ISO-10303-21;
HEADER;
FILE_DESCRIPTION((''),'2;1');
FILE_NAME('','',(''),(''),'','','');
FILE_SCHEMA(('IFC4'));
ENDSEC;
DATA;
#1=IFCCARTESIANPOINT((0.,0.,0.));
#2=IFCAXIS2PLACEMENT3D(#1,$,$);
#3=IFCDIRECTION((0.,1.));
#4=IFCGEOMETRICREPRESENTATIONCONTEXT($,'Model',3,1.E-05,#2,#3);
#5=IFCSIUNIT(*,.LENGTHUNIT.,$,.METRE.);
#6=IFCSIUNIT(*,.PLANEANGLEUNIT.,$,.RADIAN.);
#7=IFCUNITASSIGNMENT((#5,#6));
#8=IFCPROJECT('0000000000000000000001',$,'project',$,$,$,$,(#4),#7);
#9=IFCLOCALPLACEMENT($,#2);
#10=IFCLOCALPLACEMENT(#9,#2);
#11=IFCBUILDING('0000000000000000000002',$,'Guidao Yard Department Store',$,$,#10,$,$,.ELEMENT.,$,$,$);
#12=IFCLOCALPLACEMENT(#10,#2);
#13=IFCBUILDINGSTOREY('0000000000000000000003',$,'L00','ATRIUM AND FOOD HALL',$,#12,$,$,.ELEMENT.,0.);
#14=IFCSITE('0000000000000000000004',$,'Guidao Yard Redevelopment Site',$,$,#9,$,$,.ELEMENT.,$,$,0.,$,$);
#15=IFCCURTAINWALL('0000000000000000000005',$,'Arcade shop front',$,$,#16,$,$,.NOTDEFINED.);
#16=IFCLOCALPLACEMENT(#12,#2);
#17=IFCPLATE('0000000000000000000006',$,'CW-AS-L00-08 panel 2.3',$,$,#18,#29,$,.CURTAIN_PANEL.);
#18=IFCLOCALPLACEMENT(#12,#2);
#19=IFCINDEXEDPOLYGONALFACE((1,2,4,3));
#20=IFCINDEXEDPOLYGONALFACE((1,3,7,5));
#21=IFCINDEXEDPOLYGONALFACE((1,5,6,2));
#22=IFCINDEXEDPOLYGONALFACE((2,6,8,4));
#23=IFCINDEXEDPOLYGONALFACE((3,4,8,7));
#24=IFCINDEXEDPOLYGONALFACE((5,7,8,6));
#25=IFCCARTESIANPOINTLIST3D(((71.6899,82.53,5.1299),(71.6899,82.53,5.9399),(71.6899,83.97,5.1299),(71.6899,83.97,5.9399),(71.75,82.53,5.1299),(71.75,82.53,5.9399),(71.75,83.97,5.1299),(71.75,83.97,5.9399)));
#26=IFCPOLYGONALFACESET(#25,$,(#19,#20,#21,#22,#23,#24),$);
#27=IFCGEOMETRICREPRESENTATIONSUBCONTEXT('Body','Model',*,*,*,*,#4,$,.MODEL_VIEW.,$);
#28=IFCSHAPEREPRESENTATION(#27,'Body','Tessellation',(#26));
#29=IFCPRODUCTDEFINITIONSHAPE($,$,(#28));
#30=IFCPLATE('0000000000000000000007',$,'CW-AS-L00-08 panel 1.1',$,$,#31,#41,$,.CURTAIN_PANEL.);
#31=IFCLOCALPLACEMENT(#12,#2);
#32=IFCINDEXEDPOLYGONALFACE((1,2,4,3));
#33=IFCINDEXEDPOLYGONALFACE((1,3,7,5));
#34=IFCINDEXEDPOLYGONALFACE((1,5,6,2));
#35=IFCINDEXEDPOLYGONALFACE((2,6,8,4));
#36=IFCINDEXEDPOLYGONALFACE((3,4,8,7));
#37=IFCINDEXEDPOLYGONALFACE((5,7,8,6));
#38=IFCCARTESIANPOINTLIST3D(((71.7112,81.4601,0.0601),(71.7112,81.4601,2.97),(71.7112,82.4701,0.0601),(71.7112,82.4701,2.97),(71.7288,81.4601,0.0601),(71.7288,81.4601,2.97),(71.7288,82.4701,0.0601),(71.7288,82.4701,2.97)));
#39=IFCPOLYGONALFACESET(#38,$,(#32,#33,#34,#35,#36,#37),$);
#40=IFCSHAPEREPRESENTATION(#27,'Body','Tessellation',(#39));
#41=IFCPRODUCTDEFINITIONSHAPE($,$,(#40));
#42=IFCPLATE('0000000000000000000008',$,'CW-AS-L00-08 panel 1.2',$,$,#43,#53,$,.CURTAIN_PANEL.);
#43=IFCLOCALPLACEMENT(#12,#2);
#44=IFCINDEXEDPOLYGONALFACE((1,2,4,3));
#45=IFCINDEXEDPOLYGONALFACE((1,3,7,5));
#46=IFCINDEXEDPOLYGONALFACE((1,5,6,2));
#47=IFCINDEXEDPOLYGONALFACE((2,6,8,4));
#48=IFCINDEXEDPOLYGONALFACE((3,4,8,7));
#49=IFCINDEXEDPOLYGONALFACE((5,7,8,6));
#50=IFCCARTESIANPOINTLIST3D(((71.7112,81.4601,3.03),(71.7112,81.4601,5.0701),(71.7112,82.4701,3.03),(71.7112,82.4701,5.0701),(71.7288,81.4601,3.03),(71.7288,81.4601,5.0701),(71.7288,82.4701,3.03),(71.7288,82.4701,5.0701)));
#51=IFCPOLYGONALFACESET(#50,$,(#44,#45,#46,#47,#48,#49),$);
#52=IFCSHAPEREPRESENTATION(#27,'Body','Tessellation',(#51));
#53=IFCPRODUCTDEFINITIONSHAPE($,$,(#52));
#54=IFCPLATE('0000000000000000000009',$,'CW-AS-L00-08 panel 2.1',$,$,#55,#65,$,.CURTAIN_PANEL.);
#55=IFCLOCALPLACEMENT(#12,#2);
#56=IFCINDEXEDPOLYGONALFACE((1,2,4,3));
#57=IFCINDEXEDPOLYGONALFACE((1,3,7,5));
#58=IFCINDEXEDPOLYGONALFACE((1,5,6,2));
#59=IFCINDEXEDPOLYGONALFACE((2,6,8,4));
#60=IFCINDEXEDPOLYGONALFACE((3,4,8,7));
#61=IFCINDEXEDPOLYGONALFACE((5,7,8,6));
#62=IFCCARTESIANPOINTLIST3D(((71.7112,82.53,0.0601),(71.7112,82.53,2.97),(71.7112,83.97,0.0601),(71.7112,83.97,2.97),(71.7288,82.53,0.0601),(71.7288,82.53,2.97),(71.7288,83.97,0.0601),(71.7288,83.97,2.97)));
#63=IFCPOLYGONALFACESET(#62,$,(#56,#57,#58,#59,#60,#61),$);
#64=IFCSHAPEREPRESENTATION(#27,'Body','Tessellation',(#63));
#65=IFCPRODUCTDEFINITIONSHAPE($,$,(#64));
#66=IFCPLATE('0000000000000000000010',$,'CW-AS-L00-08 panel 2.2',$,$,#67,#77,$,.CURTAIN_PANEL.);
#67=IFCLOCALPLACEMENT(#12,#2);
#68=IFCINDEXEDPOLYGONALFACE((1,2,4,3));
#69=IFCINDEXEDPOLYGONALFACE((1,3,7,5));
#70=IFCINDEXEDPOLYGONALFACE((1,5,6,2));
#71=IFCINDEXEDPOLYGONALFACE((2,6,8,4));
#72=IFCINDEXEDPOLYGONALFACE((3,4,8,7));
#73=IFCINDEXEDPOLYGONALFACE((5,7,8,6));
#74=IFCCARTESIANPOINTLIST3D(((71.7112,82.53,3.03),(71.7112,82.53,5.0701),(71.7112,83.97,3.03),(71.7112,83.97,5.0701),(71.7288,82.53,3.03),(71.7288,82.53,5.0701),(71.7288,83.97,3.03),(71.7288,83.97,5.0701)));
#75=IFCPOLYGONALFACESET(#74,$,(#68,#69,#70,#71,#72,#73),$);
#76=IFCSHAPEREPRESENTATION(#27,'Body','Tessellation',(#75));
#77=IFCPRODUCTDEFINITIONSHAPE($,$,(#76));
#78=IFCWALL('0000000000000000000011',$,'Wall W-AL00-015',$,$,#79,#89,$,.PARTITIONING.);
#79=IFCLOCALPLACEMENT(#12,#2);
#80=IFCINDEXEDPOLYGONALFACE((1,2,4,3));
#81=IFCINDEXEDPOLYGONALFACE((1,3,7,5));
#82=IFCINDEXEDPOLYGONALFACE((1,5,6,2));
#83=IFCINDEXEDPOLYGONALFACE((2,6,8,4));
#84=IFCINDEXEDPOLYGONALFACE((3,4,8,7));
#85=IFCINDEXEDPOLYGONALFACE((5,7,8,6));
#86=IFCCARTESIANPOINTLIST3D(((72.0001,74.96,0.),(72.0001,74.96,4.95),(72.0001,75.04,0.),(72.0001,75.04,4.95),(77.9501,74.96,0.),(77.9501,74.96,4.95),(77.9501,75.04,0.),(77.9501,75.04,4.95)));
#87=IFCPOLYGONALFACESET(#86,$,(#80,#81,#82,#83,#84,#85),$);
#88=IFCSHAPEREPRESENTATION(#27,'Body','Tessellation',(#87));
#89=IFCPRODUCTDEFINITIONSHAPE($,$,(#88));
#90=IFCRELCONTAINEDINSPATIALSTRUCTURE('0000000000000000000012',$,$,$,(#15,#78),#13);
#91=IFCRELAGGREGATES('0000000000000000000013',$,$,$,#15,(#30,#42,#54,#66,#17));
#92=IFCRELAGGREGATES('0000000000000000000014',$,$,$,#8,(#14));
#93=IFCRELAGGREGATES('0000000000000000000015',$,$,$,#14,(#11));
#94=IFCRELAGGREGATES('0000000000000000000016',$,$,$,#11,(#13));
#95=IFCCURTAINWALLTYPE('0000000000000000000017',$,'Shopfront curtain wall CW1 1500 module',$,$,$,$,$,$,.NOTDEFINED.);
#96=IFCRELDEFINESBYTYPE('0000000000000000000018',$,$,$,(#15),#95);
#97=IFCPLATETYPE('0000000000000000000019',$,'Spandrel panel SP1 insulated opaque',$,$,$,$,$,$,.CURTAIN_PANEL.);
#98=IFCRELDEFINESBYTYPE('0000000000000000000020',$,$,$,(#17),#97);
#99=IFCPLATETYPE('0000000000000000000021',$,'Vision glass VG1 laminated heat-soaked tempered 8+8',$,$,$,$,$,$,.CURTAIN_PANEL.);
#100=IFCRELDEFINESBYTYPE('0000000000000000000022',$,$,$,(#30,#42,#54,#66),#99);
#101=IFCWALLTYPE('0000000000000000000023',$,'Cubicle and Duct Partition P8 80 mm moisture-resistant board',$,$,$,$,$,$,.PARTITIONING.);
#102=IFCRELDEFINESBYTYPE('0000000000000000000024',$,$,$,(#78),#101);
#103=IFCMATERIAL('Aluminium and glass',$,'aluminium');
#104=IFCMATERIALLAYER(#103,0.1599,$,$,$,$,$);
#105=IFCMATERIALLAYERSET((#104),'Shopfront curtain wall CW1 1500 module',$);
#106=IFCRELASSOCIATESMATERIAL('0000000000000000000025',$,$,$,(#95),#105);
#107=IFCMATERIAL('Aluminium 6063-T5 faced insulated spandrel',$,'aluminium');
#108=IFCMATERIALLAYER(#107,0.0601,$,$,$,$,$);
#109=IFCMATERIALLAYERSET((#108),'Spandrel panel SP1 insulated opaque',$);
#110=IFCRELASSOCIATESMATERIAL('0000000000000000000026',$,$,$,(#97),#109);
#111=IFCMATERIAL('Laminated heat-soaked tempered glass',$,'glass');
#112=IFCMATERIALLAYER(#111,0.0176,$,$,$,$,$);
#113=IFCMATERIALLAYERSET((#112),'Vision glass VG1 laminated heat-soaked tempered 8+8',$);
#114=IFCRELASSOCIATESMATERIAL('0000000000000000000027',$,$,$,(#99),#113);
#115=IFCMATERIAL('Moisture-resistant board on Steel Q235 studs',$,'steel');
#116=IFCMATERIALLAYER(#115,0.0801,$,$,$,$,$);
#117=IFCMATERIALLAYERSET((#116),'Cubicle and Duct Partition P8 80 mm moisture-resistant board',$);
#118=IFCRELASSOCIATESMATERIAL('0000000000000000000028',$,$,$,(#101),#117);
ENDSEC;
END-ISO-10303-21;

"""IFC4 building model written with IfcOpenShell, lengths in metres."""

from ifc_helpers import new_model, si_unit, direction, frame, frame_2d, origin, origin_2d, place, context, subcontext, project, spatial, rectangle, extrude, material, layer, layer_set, type_object, element, aggregate, save


model = new_model("IFC4")

# Units and contexts
model_context = context("Model", 3, precision=1e-05, world=origin(), true_north=direction((0.0, 1.0)))
body_context = subcontext(model_context, "Body", "Model", "MODEL_VIEW")
ifc_project = project(units=[si_unit("LENGTHUNIT", "METRE"), si_unit("PLANEANGLEUNIT", "RADIAN")], contexts=[model_context])

# Site, building, storey
site_placement = place(None, origin())
site = spatial("IfcSite", under=ifc_project, at=site_placement, Name="Guidao Yard Redevelopment Site", CompositionType="ELEMENT", RefElevation=0.0)
building_placement = place(site_placement, origin())
building = spatial("IfcBuilding", under=site, at=building_placement, Name="Guidao Yard Department Store", CompositionType="ELEMENT")
storey_placement = place(building_placement, origin())
storey = spatial("IfcBuildingStorey", under=building, at=storey_placement, Name="L00", Description="ATRIUM AND FOOD HALL", CompositionType="ELEMENT", Elevation=0.0)

# Curtain wall, plates
ifc_material_1 = material(Name="Aluminium and glass", Category="aluminium")
ifc_layer_1 = layer(ifc_material_1, 0.1599)
ifc_layer_set_1 = layer_set([ifc_layer_1], Name="Shopfront curtain wall CW1 1500 module")
curtain_wall_type = type_object("IfcCurtainWallType", Name="Shopfront curtain wall CW1 1500 module", PredefinedType="NOTDEFINED", material=ifc_layer_set_1)
curtain_wall_placement = place(storey_placement, origin())
curtain_wall = element("IfcCurtainWall", 1, at=curtain_wall_placement, inside=storey, type_object=curtain_wall_type, Name="Arcade shop front", PredefinedType="NOTDEFINED")
ifc_material_2 = material(Name="Aluminium 6063-T5 faced insulated spandrel", Category="aluminium")
ifc_layer_2 = layer(ifc_material_2, 0.0601)
ifc_layer_set_2 = layer_set([ifc_layer_2], Name="Spandrel panel SP1 insulated opaque")
plate_type_1 = type_object("IfcPlateType", Name="Spandrel panel SP1 insulated opaque", PredefinedType="CURTAIN_PANEL", material=ifc_layer_set_2)
plate_1_placement = place(storey_placement, frame((71.72, 83.25, 5.1299), z_axis=(0.0, 0.0, 1.0), x_axis=(0.0, 1.0, 0.0)))
plate_1 = element("IfcPlate", 2, at=plate_1_placement, type_object=plate_type_1, Name="CW-AS-L00-08 panel 2.3", PredefinedType="CURTAIN_PANEL", context=body_context, shape_type="SweptSolid", body=[
    extrude(rectangle(XDim=1.4399, YDim=0.0601, at=origin_2d()), origin(), (0.0, 0.0, 1.0), 0.8101),
])
ifc_material_3 = material(Name="Laminated heat-soaked tempered glass", Category="glass")
ifc_layer_3 = layer(ifc_material_3, 0.0176)
ifc_layer_set_3 = layer_set([ifc_layer_3], Name="Vision glass VG1 laminated heat-soaked tempered 8+8")
plate_type_2 = type_object("IfcPlateType", Name="Vision glass VG1 laminated heat-soaked tempered 8+8", PredefinedType="CURTAIN_PANEL", material=ifc_layer_set_3)
plate_2_placement = place(storey_placement, frame((71.72, 81.9651, 0.0601), z_axis=(0.0, 0.0, 1.0), x_axis=(0.0, 1.0, 0.0)))
plate_2 = element("IfcPlate", 3, at=plate_2_placement, type_object=plate_type_2, Name="CW-AS-L00-08 panel 1.1", PredefinedType="CURTAIN_PANEL", context=body_context, shape_type="SweptSolid", body=[
    extrude(rectangle(XDim=1.01, YDim=0.0176, at=origin_2d()), origin(), (0.0, 0.0, 1.0), 2.9099),
])
plate_3_placement = place(storey_placement, frame((71.72, 81.9651, 3.03), z_axis=(0.0, 0.0, 1.0), x_axis=(0.0, 1.0, 0.0)))
plate_3 = element("IfcPlate", 4, at=plate_3_placement, type_object=plate_type_2, Name="CW-AS-L00-08 panel 1.2", PredefinedType="CURTAIN_PANEL", context=body_context, shape_type="SweptSolid", body=[
    extrude(rectangle(XDim=1.01, YDim=0.0176, at=origin_2d()), origin(), (0.0, 0.0, 1.0), 2.04),
])
plate_4_placement = place(storey_placement, frame((71.72, 83.25, 0.0601), z_axis=(0.0, 0.0, 1.0), x_axis=(0.0, 1.0, 0.0)))
plate_4 = element("IfcPlate", 5, at=plate_4_placement, type_object=plate_type_2, Name="CW-AS-L00-08 panel 2.1", PredefinedType="CURTAIN_PANEL", context=body_context, shape_type="SweptSolid", body=[
    extrude(rectangle(XDim=1.4399, YDim=0.0176, at=origin_2d()), origin(), (0.0, 0.0, 1.0), 2.9099),
])
plate_5_placement = place(storey_placement, frame((71.72, 83.25, 3.03), z_axis=(0.0, 0.0, 1.0), x_axis=(0.0, 1.0, 0.0)))
plate_5 = element("IfcPlate", 6, at=plate_5_placement, type_object=plate_type_2, Name="CW-AS-L00-08 panel 2.2", PredefinedType="CURTAIN_PANEL", context=body_context, shape_type="SweptSolid", body=[
    extrude(rectangle(XDim=1.4399, YDim=0.0176, at=origin_2d()), origin(), (0.0, 0.0, 1.0), 2.04),
])
aggregate(curtain_wall, [plate_2, plate_3, plate_4, plate_5, plate_1])

# Wall
ifc_material_4 = material(Name="Moisture-resistant board on Steel Q235 studs", Category="steel")
ifc_layer_4 = layer(ifc_material_4, 0.0801)
ifc_layer_set_4 = layer_set([ifc_layer_4], Name="Cubicle and Duct Partition P8 80 mm moisture-resistant board")
wall_type = type_object("IfcWallType", Name="Cubicle and Duct Partition P8 80 mm moisture-resistant board", PredefinedType="PARTITIONING", material=ifc_layer_set_4)
wall_placement = place(storey_placement, frame((72.0, 75.0, 0.0), z_axis=(0.0, 0.0, 1.0), x_axis=(1.0, 0.0, 0.0)))
element("IfcWall", 7, at=wall_placement, inside=storey, type_object=wall_type, Name="Wall W-AL00-015", PredefinedType="PARTITIONING", context=body_context, shape_type="SweptSolid", body=[
    extrude(rectangle(XDim=5.95, YDim=0.0801, at=frame_2d((2.9751, 0.0))), origin(), (0.0, 0.0, 1.0), 4.95),
])

save(model, "model.ifc")
